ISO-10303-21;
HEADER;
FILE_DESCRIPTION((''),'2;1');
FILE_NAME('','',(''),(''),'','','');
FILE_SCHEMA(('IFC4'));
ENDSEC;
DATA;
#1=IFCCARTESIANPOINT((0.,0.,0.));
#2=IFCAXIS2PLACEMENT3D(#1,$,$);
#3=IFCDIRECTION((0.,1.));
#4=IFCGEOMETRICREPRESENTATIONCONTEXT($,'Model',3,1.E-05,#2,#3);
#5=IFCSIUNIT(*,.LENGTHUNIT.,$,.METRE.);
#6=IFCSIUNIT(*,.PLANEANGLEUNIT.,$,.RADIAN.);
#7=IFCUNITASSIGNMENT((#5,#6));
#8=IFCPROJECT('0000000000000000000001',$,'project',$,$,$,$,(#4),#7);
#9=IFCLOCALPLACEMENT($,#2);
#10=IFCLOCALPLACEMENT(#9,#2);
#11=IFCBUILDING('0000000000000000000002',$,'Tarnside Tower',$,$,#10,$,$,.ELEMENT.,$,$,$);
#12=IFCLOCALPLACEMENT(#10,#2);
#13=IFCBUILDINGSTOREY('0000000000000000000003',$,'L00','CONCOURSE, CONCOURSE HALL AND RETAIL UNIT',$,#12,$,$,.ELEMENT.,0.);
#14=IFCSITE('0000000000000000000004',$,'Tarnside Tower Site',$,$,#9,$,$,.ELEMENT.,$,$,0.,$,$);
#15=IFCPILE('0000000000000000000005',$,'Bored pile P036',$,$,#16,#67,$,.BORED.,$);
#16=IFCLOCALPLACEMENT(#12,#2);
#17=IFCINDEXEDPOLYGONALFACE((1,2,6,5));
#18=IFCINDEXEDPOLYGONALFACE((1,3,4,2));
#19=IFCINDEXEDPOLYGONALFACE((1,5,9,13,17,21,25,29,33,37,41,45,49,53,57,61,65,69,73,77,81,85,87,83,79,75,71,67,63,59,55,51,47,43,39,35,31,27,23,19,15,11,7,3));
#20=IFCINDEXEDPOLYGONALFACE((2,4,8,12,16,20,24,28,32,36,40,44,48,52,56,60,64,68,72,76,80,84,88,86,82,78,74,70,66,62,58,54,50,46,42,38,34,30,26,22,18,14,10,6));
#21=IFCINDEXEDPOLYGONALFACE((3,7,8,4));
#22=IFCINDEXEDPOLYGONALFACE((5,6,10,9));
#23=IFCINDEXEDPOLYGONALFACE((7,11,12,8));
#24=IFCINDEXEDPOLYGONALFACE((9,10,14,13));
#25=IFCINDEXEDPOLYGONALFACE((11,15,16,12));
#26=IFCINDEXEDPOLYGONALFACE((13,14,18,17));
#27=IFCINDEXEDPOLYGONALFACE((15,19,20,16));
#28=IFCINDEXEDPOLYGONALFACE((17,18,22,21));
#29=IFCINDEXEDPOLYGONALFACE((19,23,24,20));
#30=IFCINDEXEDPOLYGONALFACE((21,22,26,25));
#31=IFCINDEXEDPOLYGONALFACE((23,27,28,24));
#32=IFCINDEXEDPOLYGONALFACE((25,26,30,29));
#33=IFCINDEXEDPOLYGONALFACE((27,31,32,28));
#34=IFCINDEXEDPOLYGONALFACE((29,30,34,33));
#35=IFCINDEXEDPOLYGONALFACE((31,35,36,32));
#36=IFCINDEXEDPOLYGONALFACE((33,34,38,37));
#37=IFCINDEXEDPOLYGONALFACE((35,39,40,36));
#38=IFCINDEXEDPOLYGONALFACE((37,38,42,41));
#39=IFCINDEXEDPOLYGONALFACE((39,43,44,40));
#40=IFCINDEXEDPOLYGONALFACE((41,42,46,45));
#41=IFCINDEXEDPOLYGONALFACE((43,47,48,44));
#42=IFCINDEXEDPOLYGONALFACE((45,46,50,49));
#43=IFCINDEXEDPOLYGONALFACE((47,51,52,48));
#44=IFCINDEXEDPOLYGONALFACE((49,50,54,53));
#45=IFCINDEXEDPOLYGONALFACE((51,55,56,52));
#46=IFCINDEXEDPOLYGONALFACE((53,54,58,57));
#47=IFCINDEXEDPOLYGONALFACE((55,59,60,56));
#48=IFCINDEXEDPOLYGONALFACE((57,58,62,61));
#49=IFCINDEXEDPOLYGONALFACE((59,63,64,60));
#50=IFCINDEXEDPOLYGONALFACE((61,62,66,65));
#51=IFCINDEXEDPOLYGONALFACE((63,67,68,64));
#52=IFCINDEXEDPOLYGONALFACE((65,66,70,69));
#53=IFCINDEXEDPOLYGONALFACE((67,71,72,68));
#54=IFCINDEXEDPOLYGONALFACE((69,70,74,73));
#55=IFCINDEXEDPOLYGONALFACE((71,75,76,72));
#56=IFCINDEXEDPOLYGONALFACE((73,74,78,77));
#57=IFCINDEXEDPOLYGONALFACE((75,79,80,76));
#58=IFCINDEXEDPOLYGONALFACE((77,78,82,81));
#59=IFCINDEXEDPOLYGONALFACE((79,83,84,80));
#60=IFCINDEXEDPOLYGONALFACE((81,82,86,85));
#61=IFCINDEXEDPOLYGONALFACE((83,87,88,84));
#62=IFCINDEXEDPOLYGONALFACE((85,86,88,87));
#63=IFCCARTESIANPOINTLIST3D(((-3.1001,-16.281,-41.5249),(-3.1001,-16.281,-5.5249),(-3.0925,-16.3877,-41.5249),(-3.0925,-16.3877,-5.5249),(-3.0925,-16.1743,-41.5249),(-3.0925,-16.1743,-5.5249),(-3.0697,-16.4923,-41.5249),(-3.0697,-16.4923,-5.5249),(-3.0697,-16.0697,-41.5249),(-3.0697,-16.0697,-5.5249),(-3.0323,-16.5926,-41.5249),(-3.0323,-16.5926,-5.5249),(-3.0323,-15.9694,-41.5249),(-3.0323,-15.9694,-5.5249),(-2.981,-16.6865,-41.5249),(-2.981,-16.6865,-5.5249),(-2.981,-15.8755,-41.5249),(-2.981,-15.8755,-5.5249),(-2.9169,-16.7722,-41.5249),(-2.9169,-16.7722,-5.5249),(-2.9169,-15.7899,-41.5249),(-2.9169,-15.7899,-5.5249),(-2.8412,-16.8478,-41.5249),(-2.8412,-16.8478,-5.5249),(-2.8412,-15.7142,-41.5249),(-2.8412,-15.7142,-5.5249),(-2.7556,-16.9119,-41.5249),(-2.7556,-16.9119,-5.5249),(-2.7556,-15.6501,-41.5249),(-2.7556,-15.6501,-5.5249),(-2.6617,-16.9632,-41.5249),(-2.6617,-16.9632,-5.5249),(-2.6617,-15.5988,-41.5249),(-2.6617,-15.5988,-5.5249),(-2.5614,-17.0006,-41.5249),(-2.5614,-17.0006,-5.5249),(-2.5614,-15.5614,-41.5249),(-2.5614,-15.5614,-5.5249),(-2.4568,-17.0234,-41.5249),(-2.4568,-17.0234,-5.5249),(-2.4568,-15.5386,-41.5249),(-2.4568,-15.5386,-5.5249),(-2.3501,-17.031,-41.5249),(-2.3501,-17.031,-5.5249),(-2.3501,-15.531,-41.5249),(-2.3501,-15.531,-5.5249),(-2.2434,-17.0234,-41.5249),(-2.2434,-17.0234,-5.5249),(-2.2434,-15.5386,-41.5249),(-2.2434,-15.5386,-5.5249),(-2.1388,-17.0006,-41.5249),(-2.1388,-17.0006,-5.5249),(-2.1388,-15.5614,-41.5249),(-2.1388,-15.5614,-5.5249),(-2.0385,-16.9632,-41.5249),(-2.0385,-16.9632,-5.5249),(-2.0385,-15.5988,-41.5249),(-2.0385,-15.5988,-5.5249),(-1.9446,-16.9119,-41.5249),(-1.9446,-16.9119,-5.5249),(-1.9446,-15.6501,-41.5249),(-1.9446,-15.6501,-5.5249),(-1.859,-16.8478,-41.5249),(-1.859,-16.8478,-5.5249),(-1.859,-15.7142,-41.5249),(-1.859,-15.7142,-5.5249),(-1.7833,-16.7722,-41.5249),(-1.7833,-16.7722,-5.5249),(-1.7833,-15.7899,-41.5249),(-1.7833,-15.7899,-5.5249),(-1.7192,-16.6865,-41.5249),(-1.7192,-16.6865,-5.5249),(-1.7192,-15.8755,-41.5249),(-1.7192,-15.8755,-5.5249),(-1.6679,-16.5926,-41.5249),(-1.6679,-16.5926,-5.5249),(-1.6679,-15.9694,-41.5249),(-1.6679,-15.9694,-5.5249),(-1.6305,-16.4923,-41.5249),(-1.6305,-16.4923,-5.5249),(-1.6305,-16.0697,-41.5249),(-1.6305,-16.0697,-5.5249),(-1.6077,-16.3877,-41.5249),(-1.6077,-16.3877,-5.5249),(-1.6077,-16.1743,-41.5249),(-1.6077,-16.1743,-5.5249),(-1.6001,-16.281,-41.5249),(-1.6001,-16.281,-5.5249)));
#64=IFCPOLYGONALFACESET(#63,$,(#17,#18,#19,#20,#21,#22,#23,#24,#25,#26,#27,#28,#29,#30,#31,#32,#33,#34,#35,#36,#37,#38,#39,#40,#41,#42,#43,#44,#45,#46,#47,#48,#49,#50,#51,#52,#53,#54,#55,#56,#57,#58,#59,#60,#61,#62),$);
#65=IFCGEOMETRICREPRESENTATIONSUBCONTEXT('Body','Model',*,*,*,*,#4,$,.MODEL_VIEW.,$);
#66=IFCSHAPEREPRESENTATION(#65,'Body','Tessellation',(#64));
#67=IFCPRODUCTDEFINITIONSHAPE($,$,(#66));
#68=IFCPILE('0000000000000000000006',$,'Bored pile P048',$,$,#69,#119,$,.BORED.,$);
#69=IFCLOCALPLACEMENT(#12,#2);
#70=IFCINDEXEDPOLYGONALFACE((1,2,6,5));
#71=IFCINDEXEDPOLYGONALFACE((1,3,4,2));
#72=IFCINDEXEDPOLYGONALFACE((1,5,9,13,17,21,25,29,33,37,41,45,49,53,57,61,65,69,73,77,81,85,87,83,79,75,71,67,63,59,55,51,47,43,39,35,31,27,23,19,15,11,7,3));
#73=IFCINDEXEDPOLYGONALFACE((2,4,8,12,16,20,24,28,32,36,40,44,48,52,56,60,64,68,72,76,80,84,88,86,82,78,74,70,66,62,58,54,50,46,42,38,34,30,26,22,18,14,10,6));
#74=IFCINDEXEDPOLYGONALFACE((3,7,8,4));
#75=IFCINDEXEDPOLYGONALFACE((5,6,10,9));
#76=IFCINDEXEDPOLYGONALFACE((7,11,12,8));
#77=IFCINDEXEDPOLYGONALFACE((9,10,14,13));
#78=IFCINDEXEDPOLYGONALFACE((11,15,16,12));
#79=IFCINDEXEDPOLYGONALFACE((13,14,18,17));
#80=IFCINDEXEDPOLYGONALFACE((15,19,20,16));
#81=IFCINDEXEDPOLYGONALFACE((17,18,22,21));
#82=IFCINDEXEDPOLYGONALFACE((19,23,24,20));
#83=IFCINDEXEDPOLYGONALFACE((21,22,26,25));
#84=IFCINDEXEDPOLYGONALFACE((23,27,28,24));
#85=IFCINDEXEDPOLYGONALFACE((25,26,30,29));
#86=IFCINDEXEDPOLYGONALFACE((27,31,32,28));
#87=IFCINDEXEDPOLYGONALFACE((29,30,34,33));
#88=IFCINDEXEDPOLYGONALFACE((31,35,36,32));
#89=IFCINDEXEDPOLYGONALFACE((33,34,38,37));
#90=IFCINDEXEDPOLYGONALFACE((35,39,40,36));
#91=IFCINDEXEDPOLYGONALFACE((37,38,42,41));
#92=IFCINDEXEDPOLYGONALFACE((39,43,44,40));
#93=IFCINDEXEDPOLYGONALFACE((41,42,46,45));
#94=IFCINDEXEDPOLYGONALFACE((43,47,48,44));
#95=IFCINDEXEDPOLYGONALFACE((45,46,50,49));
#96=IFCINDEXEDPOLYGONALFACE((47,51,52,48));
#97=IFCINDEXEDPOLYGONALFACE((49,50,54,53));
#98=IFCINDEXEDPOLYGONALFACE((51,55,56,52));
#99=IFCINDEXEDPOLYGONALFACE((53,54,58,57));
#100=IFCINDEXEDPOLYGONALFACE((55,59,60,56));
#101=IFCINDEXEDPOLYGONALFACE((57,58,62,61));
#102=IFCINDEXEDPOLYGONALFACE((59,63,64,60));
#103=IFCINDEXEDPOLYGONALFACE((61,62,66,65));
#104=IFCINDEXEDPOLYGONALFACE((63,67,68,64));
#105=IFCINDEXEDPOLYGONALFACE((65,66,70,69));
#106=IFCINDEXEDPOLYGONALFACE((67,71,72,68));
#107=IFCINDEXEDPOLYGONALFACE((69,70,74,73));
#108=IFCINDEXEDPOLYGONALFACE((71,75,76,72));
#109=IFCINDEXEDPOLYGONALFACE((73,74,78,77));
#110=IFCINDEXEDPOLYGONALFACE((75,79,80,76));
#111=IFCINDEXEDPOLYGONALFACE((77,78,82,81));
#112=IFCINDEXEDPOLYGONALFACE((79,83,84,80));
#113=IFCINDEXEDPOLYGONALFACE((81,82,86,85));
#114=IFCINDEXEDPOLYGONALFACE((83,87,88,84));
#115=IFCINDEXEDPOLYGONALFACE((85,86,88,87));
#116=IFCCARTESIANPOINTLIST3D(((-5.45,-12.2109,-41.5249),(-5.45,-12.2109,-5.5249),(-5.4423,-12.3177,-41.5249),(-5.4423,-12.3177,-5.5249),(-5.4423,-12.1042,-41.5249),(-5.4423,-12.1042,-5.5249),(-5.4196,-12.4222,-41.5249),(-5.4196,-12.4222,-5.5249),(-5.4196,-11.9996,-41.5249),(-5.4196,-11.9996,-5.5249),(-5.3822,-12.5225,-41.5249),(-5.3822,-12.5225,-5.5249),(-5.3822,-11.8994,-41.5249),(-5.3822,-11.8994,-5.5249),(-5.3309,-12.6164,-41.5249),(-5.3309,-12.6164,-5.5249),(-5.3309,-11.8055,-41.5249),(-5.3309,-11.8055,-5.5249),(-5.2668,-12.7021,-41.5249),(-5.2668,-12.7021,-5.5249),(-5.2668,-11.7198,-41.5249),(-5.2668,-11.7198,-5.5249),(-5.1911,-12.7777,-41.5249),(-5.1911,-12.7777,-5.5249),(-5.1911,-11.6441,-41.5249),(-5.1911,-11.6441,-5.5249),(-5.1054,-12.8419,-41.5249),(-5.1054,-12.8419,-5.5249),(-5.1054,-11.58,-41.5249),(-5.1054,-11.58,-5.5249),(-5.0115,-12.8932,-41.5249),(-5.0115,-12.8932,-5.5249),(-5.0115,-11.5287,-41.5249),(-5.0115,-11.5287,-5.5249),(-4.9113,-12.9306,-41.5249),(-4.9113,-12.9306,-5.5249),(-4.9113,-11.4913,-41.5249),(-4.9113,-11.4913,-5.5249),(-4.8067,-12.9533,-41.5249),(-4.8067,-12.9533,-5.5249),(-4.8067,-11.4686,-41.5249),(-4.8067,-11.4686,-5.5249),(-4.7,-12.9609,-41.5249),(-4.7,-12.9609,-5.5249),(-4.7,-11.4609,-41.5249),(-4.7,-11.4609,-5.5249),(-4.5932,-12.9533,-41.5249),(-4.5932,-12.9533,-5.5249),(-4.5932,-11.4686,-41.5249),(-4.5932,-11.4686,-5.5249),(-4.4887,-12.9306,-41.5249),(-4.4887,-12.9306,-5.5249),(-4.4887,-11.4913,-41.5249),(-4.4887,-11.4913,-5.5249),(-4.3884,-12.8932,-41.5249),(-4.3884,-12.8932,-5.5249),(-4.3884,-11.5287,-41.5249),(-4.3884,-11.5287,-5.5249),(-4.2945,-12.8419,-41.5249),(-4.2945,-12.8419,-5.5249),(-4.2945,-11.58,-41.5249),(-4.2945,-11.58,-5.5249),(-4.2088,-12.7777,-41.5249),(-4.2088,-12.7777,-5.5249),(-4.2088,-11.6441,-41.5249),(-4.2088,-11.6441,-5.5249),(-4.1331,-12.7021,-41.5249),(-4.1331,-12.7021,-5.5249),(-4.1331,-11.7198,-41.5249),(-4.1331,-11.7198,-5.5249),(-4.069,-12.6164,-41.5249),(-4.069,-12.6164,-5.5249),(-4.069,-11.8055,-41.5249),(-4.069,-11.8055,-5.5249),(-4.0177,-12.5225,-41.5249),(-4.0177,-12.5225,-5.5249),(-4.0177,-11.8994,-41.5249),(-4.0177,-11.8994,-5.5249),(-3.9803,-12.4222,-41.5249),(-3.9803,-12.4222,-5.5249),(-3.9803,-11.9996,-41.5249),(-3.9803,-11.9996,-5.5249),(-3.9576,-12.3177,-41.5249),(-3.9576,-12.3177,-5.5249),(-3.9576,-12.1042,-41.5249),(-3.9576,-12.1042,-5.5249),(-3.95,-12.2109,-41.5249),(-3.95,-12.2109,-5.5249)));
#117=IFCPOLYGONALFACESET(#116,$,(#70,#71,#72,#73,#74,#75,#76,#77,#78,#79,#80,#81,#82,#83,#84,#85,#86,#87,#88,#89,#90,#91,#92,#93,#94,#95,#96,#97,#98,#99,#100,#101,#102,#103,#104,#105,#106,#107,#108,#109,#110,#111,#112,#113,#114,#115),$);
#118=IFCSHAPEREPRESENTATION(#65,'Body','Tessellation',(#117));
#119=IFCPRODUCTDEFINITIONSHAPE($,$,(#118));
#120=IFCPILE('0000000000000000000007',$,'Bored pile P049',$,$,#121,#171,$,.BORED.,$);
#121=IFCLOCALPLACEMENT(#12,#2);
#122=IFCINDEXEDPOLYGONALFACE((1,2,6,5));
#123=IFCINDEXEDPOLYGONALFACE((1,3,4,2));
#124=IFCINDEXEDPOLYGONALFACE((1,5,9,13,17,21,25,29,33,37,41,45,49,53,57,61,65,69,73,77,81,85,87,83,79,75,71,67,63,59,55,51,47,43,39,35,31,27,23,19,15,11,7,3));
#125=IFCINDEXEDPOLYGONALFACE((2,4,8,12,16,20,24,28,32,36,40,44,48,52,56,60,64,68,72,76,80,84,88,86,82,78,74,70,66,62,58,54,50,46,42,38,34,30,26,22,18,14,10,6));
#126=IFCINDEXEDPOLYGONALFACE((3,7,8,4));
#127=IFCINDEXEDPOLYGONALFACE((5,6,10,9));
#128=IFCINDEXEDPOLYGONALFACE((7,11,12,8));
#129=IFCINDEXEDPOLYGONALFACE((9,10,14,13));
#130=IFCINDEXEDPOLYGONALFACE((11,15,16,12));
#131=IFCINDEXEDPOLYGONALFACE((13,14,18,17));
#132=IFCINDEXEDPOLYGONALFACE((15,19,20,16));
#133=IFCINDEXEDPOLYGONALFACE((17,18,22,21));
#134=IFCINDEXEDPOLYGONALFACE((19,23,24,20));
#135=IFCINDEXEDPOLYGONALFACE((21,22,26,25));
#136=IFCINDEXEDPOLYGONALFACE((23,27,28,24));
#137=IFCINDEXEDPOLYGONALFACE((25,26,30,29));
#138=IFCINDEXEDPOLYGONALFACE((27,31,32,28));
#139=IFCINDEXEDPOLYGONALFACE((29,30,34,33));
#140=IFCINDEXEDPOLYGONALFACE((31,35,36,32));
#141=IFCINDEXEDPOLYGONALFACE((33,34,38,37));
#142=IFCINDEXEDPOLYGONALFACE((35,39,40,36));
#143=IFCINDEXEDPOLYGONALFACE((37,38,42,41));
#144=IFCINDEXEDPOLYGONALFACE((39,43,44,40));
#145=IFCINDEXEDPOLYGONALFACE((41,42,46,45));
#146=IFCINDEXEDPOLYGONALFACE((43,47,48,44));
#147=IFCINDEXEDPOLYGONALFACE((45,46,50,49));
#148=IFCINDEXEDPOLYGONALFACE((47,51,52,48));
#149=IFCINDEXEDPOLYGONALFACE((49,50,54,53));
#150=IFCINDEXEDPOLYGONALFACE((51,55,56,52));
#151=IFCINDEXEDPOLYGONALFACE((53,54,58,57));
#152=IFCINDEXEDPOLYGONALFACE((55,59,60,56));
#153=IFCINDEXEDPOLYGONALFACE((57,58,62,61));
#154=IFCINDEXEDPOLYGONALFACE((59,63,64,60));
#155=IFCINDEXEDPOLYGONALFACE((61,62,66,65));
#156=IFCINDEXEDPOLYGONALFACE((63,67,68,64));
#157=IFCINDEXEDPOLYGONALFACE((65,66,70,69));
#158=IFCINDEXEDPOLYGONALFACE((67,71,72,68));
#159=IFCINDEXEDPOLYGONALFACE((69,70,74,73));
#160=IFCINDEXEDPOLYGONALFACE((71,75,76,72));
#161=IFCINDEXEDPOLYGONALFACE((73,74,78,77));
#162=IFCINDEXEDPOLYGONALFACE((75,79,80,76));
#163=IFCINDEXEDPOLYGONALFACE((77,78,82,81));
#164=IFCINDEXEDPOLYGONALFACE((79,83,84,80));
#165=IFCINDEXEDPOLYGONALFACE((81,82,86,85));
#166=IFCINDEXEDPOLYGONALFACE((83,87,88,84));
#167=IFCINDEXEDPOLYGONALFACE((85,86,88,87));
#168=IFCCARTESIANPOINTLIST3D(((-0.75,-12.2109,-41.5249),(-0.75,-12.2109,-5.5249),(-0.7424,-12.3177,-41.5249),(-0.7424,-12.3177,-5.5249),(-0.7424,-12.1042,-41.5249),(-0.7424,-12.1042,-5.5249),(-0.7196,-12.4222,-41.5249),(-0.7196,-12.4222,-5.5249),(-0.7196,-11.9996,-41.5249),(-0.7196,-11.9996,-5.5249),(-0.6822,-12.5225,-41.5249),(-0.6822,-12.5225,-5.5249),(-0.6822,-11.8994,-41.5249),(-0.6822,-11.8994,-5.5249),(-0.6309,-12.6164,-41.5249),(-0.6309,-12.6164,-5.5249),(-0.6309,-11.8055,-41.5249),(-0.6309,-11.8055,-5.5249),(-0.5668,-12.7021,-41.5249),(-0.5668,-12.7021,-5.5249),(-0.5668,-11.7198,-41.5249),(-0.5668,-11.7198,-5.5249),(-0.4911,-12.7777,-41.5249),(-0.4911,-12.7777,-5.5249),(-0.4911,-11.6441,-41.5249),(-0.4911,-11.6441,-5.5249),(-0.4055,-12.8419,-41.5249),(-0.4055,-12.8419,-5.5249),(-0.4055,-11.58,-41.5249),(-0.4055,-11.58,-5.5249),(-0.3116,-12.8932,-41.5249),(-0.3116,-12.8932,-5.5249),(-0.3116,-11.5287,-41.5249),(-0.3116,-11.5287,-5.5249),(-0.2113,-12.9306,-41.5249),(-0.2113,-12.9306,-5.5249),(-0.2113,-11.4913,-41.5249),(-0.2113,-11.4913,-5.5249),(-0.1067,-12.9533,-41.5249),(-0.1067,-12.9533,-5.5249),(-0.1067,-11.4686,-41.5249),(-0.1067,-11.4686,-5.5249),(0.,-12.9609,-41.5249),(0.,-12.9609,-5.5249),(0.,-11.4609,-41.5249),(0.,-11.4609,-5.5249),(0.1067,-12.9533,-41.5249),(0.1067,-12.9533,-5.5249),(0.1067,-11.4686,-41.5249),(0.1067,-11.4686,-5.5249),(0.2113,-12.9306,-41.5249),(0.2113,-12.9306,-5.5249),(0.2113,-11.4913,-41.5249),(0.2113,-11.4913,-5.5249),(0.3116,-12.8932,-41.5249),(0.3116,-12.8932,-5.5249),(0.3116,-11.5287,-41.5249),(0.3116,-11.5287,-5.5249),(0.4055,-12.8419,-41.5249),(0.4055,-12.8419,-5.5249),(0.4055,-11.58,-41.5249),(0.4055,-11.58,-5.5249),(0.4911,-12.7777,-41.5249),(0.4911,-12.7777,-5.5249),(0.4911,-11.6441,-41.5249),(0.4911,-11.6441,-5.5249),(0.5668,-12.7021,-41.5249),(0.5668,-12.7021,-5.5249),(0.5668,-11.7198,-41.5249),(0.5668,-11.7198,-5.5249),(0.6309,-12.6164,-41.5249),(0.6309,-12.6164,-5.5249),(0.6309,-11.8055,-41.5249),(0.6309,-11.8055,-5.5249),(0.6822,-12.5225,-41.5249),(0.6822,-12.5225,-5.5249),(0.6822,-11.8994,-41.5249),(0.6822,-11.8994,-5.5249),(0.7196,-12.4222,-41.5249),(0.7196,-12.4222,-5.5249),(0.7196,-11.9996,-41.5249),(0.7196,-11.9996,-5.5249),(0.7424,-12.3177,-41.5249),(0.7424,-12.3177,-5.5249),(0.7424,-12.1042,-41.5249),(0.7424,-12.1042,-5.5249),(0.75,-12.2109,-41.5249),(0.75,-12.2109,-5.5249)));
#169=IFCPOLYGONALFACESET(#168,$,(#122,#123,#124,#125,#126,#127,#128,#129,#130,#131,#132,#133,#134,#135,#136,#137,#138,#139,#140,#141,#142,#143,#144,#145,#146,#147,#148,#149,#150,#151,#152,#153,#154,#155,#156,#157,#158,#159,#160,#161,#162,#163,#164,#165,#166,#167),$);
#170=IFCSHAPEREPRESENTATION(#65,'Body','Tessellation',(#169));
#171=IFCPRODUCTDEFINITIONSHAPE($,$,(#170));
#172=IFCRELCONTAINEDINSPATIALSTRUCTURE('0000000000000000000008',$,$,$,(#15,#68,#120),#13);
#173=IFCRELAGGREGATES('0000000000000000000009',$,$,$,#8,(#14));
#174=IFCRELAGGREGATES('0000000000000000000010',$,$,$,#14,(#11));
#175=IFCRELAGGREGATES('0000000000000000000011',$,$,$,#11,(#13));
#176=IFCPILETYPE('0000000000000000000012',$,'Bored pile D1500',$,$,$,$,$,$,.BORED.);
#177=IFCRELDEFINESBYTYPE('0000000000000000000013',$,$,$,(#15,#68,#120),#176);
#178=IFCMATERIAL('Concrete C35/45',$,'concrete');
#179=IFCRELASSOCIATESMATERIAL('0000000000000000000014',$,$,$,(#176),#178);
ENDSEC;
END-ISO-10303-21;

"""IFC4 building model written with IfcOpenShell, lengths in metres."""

from ifc_helpers import new_model, si_unit, direction, frame, origin, origin_2d, place, context, subcontext, project, spatial, circle, extrude, material, material_profile, profile_set, type_object, element, save


model = new_model("IFC4")

# Units and contexts
model_context = context("Model", 3, precision=1e-05, world=origin(), true_north=direction((0.0, 1.0)))
body_context = subcontext(model_context, "Body", "Model", "MODEL_VIEW")
ifc_project = project(units=[si_unit("LENGTHUNIT", "METRE"), si_unit("PLANEANGLEUNIT", "RADIAN")], contexts=[model_context])

# Site, building, storey
site_placement = place(None, origin())
site = spatial("IfcSite", under=ifc_project, at=site_placement, Name="Tarnside Tower Site", CompositionType="ELEMENT", RefElevation=0.0)
building_placement = place(site_placement, origin())
building = spatial("IfcBuilding", under=site, at=building_placement, Name="Tarnside Tower", CompositionType="ELEMENT")
storey_placement = place(building_placement, origin())
storey = spatial("IfcBuildingStorey", under=building, at=storey_placement, Name="L00", Description="CONCOURSE, CONCOURSE HALL AND RETAIL UNIT", CompositionType="ELEMENT", Elevation=0.0)

# Piles
ifc_material_1 = material(Name="Concrete C35/45", Category="concrete")
ifc_material_profile_1 = material_profile(ifc_material_1, circle(Radius=0.75, at=origin_2d()), Name="Bored pile D1500")
ifc_profile_set_1 = profile_set([ifc_material_profile_1], Name="Concrete C35/45")
pile_type = type_object("IfcPileType", Name="Bored pile D1500", PredefinedType="BORED", material=ifc_profile_set_1)
for number, where, z_axis, x_axis, name in (
    (1, (-2.3501, -16.281, -5.5249), (0.0, 0.0, -1.0), (1.0, 0.0, 0.0), "Bored pile P036"),
    (2, (-4.7, -12.2109, -5.5249), (0.0, 0.0, -1.0), (1.0, 0.0, 0.0), "Bored pile P048"),
    (3, (0.0, -12.2109, -5.5249), (0.0, 0.0, -1.0), (1.0, 0.0, 0.0), "Bored pile P049"),
):
    element("IfcPile", number, at=place(storey_placement, frame(where, z_axis=z_axis, x_axis=x_axis)), inside=storey, type_object=pile_type, Name=name, PredefinedType="BORED", context=body_context, shape_type="SweptSolid", body=[
        extrude(circle(Radius=0.75, at=origin_2d()), origin(), (0.0, 0.0, 1.0), 36.0),
    ])

save(model, "model.ifc")
